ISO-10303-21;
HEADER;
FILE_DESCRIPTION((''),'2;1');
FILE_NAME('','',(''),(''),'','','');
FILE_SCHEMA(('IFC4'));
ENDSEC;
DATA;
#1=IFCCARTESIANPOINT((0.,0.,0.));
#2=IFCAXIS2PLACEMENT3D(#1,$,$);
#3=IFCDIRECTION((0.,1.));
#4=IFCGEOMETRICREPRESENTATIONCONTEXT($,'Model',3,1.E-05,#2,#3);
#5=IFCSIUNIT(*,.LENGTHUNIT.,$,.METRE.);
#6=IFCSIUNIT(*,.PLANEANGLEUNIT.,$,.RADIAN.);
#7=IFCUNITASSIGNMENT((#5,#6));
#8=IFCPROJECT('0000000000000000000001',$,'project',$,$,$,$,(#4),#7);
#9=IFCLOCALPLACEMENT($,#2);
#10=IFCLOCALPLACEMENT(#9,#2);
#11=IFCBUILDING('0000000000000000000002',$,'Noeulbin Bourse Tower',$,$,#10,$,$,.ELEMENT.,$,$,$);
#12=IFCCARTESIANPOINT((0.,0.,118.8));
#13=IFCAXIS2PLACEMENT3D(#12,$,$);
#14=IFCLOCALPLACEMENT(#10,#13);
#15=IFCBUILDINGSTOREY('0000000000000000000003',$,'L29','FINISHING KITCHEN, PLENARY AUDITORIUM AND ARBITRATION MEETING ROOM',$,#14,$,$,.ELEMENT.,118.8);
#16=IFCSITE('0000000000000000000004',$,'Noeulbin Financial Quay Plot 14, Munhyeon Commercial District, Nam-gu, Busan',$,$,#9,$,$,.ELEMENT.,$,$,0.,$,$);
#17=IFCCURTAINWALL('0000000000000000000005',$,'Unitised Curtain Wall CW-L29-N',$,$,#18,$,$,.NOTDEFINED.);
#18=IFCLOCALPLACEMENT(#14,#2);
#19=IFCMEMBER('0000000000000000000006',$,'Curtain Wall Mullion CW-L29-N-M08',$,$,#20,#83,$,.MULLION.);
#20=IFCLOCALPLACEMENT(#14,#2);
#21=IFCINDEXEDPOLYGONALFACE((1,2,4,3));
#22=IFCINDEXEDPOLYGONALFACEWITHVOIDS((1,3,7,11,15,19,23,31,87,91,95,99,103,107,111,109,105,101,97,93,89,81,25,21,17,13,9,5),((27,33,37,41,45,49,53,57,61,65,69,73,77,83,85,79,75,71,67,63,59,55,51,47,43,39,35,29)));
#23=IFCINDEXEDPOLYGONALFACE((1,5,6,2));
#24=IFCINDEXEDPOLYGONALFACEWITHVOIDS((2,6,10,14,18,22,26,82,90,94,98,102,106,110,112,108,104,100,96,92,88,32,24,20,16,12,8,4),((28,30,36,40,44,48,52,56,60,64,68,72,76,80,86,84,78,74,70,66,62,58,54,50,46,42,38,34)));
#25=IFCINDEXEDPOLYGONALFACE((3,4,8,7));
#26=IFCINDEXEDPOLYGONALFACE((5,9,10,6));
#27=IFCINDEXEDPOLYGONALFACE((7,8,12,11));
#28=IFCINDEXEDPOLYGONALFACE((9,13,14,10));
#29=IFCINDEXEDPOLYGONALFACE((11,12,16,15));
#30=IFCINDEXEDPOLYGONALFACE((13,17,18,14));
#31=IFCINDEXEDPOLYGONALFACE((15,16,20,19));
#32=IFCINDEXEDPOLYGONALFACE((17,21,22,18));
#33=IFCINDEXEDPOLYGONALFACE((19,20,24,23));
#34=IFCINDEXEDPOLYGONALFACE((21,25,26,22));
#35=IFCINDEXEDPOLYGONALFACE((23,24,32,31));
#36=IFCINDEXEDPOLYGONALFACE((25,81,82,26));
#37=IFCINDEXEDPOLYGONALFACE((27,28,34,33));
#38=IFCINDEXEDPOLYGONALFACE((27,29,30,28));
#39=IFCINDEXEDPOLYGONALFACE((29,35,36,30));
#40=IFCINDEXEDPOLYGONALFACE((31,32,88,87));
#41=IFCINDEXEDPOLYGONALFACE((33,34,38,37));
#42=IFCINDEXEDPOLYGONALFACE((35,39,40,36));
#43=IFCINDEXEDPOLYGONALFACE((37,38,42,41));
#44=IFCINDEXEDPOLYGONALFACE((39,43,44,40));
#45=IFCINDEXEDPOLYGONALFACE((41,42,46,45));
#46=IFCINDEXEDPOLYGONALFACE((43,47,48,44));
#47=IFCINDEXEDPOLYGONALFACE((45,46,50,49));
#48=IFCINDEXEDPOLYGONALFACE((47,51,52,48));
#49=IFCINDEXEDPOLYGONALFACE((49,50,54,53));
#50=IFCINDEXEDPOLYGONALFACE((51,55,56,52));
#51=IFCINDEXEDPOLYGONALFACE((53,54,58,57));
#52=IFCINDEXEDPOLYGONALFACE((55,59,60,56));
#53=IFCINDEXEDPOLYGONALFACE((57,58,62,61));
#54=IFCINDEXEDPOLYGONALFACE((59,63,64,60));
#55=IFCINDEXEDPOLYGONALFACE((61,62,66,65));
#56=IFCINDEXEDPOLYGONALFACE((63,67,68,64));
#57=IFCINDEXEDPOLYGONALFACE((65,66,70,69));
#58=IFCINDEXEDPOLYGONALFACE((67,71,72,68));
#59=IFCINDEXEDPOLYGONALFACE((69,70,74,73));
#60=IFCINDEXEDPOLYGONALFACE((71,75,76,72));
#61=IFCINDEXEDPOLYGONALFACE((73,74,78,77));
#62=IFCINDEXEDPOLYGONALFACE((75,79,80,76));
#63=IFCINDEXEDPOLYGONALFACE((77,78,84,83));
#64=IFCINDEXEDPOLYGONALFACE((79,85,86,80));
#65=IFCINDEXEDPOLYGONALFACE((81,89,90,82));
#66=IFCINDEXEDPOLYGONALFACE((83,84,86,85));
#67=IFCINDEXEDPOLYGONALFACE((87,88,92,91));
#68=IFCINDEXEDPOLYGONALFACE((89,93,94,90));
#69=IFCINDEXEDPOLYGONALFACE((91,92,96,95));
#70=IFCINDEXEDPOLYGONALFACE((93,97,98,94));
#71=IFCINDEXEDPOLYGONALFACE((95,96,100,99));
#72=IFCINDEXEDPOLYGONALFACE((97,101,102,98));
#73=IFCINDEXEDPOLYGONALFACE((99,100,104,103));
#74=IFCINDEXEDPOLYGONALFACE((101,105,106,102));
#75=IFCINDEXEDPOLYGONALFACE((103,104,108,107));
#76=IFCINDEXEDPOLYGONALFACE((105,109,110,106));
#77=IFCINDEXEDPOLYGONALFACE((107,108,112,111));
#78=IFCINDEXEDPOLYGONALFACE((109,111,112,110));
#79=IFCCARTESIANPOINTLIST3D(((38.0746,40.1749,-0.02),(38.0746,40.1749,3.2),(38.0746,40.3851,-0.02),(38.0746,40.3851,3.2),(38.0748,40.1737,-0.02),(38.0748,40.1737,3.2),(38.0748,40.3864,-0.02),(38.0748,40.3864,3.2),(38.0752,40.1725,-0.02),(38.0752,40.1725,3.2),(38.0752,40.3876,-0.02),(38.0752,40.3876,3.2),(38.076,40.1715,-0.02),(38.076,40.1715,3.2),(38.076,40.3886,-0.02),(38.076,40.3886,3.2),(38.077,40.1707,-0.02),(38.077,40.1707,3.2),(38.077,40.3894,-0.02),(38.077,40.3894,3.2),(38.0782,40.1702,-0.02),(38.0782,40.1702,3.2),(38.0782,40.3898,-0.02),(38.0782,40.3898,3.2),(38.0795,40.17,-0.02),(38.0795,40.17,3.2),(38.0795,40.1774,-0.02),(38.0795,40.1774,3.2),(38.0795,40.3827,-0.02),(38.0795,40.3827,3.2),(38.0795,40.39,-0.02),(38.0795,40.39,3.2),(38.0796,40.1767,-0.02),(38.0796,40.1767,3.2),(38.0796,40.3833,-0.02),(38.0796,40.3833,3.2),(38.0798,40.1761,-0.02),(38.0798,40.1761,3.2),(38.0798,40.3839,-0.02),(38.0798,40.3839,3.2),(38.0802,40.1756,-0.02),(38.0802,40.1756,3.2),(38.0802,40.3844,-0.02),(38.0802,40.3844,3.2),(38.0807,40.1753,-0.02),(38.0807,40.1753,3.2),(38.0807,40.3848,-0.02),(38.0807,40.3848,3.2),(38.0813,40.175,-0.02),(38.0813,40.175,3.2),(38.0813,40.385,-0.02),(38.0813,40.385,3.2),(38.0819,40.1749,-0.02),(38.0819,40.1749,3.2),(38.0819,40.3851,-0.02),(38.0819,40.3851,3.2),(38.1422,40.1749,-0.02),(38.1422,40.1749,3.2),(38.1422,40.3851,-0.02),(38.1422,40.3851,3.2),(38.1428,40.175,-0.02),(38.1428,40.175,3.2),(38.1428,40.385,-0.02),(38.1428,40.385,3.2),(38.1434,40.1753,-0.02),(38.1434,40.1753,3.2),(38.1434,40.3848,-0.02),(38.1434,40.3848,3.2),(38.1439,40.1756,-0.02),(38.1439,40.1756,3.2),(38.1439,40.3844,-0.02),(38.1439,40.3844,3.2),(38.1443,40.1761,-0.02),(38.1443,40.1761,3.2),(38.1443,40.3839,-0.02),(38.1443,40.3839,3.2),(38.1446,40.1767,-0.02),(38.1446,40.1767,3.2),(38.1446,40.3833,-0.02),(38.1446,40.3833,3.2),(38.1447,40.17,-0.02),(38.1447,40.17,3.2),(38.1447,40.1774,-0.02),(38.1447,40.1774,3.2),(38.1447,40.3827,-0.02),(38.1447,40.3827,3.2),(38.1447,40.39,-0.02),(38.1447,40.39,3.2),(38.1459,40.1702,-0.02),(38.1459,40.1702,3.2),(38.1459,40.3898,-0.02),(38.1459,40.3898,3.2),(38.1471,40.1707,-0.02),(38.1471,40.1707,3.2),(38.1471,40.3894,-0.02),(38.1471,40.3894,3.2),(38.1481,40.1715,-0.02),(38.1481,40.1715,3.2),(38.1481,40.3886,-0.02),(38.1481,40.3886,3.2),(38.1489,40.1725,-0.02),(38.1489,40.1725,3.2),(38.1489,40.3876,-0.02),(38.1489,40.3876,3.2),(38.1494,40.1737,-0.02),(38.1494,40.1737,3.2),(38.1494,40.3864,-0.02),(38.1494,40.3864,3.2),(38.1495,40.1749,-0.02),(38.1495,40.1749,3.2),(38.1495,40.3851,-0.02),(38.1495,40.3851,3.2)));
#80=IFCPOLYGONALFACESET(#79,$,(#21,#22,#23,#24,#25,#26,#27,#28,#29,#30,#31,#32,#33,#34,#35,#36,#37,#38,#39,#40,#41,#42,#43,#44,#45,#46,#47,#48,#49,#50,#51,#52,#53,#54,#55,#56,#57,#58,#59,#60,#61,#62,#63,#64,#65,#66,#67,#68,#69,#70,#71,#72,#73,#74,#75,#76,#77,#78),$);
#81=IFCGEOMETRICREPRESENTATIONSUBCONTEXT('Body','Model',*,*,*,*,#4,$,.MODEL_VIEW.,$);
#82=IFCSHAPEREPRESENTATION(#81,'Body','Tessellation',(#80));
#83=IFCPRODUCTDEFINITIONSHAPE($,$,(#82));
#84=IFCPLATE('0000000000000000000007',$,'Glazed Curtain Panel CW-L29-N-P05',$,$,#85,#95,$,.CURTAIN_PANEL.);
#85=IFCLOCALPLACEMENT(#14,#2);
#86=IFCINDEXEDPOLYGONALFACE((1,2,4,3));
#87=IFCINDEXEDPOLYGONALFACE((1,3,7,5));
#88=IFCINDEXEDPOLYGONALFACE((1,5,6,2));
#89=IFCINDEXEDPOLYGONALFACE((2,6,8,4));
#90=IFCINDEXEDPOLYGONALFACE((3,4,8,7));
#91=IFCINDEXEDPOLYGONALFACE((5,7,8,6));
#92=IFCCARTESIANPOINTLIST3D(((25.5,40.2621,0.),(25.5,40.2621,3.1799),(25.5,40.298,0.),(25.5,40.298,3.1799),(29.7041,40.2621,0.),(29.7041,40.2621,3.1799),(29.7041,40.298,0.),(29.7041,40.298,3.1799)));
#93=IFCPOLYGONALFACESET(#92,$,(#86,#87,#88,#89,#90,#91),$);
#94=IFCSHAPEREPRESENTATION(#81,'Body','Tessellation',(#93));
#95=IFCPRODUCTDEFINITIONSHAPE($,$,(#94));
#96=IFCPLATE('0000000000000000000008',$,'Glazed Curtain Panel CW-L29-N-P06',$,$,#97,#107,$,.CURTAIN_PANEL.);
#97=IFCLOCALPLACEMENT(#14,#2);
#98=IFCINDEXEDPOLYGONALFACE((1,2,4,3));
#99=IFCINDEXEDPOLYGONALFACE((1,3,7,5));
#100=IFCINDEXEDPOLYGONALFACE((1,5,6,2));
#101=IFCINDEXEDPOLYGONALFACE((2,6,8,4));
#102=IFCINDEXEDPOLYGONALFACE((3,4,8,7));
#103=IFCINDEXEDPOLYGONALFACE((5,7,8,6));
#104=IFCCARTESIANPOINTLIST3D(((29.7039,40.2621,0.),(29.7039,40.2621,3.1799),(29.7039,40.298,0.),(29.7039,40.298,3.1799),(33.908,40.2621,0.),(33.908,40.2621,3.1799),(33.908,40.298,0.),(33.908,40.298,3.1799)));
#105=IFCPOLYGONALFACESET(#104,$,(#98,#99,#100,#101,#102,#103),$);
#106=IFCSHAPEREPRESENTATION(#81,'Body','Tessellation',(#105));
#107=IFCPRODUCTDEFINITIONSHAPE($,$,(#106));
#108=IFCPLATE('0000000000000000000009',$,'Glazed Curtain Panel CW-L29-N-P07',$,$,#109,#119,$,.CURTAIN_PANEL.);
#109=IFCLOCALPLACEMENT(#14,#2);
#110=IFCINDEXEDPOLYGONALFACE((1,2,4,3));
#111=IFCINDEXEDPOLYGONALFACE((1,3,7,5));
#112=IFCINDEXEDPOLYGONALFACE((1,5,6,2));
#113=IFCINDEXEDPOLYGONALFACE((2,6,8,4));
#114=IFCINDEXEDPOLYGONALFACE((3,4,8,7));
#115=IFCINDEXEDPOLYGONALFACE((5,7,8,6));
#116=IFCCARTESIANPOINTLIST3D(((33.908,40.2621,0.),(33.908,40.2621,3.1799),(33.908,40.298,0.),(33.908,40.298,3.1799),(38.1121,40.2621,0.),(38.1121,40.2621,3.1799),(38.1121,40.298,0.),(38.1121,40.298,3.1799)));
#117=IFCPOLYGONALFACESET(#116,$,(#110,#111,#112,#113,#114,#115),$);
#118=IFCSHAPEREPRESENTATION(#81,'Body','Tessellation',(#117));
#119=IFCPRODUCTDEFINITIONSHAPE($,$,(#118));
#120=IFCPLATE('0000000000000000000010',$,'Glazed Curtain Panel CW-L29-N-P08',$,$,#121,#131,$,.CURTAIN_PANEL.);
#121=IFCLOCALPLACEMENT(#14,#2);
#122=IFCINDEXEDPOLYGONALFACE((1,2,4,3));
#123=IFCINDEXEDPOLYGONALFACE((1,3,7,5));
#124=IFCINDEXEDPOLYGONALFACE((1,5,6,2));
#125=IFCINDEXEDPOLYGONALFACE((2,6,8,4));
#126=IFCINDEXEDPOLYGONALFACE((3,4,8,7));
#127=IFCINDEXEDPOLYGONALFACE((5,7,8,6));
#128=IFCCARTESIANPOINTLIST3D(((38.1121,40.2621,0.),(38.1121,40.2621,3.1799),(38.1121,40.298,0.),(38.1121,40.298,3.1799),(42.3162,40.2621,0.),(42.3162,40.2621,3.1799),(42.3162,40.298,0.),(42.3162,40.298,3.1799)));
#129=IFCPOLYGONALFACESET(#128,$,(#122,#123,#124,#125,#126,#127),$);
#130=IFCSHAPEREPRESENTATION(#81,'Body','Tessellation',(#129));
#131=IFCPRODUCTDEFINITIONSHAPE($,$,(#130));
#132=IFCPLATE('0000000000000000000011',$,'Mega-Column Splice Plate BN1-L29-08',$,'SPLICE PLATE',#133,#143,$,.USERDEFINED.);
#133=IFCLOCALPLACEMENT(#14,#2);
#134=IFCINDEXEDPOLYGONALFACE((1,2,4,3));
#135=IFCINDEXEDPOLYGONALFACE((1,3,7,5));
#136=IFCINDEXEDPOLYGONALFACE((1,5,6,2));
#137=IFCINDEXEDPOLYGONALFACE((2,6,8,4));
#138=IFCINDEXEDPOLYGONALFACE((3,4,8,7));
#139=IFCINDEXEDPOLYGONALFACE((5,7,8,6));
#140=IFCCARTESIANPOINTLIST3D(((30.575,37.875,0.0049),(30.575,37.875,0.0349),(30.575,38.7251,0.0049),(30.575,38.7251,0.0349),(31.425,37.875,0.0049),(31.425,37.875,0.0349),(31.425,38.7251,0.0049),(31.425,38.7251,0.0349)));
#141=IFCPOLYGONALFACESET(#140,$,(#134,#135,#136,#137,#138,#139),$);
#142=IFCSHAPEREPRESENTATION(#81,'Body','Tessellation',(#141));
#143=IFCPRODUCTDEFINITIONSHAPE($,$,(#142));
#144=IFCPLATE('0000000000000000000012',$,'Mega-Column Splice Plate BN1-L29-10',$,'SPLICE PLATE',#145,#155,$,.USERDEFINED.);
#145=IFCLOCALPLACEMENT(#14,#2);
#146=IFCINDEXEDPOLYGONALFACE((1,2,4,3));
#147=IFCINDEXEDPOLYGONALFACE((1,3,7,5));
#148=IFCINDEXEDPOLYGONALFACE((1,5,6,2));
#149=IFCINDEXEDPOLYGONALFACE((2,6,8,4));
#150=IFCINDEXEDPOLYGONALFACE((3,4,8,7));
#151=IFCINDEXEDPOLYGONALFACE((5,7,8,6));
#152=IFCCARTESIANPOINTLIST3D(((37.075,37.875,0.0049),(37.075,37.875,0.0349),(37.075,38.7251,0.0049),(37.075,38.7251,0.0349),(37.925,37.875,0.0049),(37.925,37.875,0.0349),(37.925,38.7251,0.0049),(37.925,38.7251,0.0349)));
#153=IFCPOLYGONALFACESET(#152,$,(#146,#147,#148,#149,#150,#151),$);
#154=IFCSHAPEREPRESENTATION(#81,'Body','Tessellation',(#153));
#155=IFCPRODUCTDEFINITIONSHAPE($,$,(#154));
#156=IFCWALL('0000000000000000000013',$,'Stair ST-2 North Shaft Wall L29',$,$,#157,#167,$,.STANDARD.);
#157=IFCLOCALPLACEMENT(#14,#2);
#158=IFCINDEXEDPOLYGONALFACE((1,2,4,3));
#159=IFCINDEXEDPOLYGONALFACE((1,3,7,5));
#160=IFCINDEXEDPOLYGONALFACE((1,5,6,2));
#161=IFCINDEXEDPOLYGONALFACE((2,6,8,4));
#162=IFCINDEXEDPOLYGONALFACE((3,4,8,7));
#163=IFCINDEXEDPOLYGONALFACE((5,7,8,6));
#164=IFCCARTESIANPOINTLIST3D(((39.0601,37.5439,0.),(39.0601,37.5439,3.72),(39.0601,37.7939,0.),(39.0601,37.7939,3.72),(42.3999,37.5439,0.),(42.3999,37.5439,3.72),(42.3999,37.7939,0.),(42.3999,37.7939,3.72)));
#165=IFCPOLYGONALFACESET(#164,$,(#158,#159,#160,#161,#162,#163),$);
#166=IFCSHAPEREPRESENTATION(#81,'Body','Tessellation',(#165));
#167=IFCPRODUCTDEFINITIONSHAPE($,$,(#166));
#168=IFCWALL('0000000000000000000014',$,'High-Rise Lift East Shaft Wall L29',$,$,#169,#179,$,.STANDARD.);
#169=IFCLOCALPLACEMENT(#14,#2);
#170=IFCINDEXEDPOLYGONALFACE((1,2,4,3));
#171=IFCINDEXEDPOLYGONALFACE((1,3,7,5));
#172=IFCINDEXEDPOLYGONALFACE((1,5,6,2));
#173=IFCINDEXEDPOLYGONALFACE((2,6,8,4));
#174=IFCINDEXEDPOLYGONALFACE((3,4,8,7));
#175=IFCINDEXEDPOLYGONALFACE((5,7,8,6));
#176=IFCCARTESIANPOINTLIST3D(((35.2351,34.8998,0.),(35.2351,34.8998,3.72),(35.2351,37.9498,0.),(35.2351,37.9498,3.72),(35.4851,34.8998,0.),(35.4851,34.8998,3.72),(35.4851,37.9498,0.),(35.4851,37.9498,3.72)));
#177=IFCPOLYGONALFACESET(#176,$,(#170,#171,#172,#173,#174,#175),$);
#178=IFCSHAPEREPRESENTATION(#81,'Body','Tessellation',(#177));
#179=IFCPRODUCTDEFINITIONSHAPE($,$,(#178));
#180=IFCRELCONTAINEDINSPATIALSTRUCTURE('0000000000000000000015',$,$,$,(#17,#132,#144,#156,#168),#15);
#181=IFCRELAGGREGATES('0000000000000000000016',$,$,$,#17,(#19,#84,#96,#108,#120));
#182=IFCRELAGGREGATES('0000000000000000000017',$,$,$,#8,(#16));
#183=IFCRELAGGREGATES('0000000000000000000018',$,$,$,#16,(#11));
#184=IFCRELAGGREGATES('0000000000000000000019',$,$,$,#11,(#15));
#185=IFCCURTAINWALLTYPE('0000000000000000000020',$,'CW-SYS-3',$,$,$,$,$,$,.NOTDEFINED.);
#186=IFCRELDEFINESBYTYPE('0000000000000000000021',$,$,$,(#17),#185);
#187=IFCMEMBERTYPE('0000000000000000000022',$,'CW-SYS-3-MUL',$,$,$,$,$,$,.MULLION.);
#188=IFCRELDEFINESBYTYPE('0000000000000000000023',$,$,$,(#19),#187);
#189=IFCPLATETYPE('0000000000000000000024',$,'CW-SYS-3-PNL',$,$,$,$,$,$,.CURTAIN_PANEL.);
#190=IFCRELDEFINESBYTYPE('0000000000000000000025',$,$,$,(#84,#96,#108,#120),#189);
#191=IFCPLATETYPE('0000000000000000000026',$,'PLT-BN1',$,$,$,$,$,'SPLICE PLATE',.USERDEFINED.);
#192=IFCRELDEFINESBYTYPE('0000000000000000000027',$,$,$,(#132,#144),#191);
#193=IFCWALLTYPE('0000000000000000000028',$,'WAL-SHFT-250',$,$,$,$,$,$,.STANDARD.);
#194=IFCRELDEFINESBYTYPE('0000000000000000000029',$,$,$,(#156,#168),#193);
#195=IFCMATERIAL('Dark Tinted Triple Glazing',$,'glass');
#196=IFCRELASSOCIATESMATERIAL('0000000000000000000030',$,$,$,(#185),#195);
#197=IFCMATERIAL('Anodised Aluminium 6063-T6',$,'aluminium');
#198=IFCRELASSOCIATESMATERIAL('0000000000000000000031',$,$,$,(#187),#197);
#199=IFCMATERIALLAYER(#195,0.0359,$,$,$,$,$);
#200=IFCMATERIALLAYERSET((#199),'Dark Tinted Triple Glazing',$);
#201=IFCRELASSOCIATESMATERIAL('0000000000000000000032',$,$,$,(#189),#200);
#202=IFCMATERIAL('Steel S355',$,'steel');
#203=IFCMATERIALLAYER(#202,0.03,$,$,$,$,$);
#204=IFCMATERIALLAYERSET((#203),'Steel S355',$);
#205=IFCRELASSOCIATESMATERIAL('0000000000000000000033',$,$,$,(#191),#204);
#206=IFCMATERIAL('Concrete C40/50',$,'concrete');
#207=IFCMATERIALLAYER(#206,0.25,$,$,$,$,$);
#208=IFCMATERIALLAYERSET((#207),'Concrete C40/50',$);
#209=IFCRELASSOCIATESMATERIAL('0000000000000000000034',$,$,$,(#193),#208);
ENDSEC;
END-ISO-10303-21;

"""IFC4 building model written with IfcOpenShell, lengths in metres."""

from ifc_helpers import new_model, si_unit, direction, frame, frame_2d, origin, origin_2d, place, context, subcontext, project, spatial, rectangle, hollow_rectangle, extrude, material, layer, layer_set, material_profile, profile_set, type_object, element, aggregate, save


model = new_model("IFC4")

# Units and contexts
model_context = context("Model", 3, precision=1e-05, world=origin(), true_north=direction((0.0, 1.0)))
body_context = subcontext(model_context, "Body", "Model", "MODEL_VIEW")
ifc_project = project(units=[si_unit("LENGTHUNIT", "METRE"), si_unit("PLANEANGLEUNIT", "RADIAN")], contexts=[model_context])

# Site, building, storey
site_placement = place(None, origin())
site = spatial("IfcSite", under=ifc_project, at=site_placement, Name="Noeulbin Financial Quay Plot 14, Munhyeon Commercial District, Nam-gu, Busan", CompositionType="ELEMENT", RefElevation=0.0)
building_placement = place(site_placement, origin())
building = spatial("IfcBuilding", under=site, at=building_placement, Name="Noeulbin Bourse Tower", CompositionType="ELEMENT")
storey_placement = place(building_placement, frame((0.0, 0.0, 118.8)))
storey = spatial("IfcBuildingStorey", under=building, at=storey_placement, Name="L29", Description="FINISHING KITCHEN, PLENARY AUDITORIUM AND ARBITRATION MEETING ROOM", CompositionType="ELEMENT", Elevation=118.8)

# Shared definitions
ifc_material_1 = material(Name="Steel S355", Category="steel")

# Curtain wall, member, plates
ifc_material_2 = material(Name="Dark Tinted Triple Glazing", Category="glass")
curtain_wall_type = type_object("IfcCurtainWallType", Name="CW-SYS-3", PredefinedType="NOTDEFINED", material=ifc_material_2)
curtain_wall_placement = place(storey_placement, origin())
curtain_wall = element("IfcCurtainWall", 1, at=curtain_wall_placement, inside=storey, type_object=curtain_wall_type, Name="Unitised Curtain Wall CW-L29-N", PredefinedType="NOTDEFINED")
ifc_material_3 = material(Name="Anodised Aluminium 6063-T6", Category="aluminium")
ifc_material_profile_1 = material_profile(ifc_material_3, hollow_rectangle(XDim=0.075, YDim=0.22, WallThickness=0.0049, InnerFilletRadius=0.0024, OuterFilletRadius=0.0049, at=origin_2d()), Name="ALU-MULL-75x220x5", Category="LoadBearing")
ifc_profile_set_1 = profile_set([ifc_material_profile_1], Name="Anodised Aluminium 6063-T6")
member_type = type_object("IfcMemberType", Name="CW-SYS-3-MUL", PredefinedType="MULLION", material=ifc_profile_set_1)
member_1_placement = place(storey_placement, frame((38.1121, 40.28, -0.02), z_axis=(0.0, 0.0, 1.0), x_axis=(1.0, 0.0, 0.0)))
member_1 = element("IfcMember", 2, at=member_1_placement, type_object=member_type, Name="Curtain Wall Mullion CW-L29-N-M08", PredefinedType="MULLION", context=body_context, shape_type="SweptSolid", body=[
    extrude(hollow_rectangle(XDim=0.075, YDim=0.22, WallThickness=0.0049, InnerFilletRadius=0.0024, OuterFilletRadius=0.0049, at=origin_2d()), origin(), (0.0, 0.0, 1.0), 3.22),
])
ifc_layer_1 = layer(ifc_material_2, 0.0359)
ifc_layer_set_1 = layer_set([ifc_layer_1], Name="Dark Tinted Triple Glazing")
plate_type_1 = type_object("IfcPlateType", Name="CW-SYS-3-PNL", PredefinedType="CURTAIN_PANEL", material=ifc_layer_set_1)
plate_1_placement = place(storey_placement, frame((27.6021, 40.28, 0.0), z_axis=(0.0, 0.0, 1.0), x_axis=(1.0, 0.0, 0.0)))
plate_1 = element("IfcPlate", 3, at=plate_1_placement, type_object=plate_type_1, Name="Glazed Curtain Panel CW-L29-N-P05", PredefinedType="CURTAIN_PANEL", context=body_context, shape_type="SweptSolid", body=[
    extrude(rectangle(XDim=4.2041, YDim=0.0359, at=origin_2d()), origin(), (0.0, 0.0, 1.0), 3.1799),
])
plate_2_placement = place(storey_placement, frame((31.8059, 40.28, 0.0), z_axis=(0.0, 0.0, 1.0), x_axis=(1.0, 0.0, 0.0)))
plate_2 = element("IfcPlate", 4, at=plate_2_placement, type_object=plate_type_1, Name="Glazed Curtain Panel CW-L29-N-P06", PredefinedType="CURTAIN_PANEL", context=body_context, shape_type="SweptSolid", body=[
    extrude(rectangle(XDim=4.2041, YDim=0.0359, at=origin_2d()), origin(), (0.0, 0.0, 1.0), 3.1799),
])
plate_3_placement = place(storey_placement, frame((36.01, 40.28, 0.0), z_axis=(0.0, 0.0, 1.0), x_axis=(1.0, 0.0, 0.0)))
plate_3 = element("IfcPlate", 5, at=plate_3_placement, type_object=plate_type_1, Name="Glazed Curtain Panel CW-L29-N-P07", PredefinedType="CURTAIN_PANEL", context=body_context, shape_type="SweptSolid", body=[
    extrude(rectangle(XDim=4.2041, YDim=0.0359, at=origin_2d()), origin(), (0.0, 0.0, 1.0), 3.1799),
])
plate_4_placement = place(storey_placement, frame((40.2141, 40.28, 0.0), z_axis=(0.0, 0.0, 1.0), x_axis=(1.0, 0.0, 0.0)))
plate_4 = element("IfcPlate", 6, at=plate_4_placement, type_object=plate_type_1, Name="Glazed Curtain Panel CW-L29-N-P08", PredefinedType="CURTAIN_PANEL", context=body_context, shape_type="SweptSolid", body=[
    extrude(rectangle(XDim=4.2041, YDim=0.0359, at=origin_2d()), origin(), (0.0, 0.0, 1.0), 3.1799),
])
aggregate(curtain_wall, [member_1, plate_1, plate_2, plate_3, plate_4])

# Plates
ifc_layer_2 = layer(ifc_material_1, 0.03)
ifc_layer_set_2 = layer_set([ifc_layer_2], Name="Steel S355")
plate_type_2 = type_object("IfcPlateType", Name="PLT-BN1", ElementType="SPLICE PLATE", PredefinedType="USERDEFINED", material=ifc_layer_set_2)
for number, where, z_axis, x_axis, name in (
    (7, (31.0, 38.3, 0.0049), (0.0, 0.0, 1.0), (1.0, 0.0, 0.0), "Mega-Column Splice Plate BN1-L29-08"),
    (8, (37.5, 38.3, 0.0049), (0.0, 0.0, 1.0), (1.0, 0.0, 0.0), "Mega-Column Splice Plate BN1-L29-10"),
):
    element("IfcPlate", number, at=place(storey_placement, frame(where, z_axis=z_axis, x_axis=x_axis)), inside=storey, type_object=plate_type_2, Name=name, ObjectType="SPLICE PLATE", PredefinedType="USERDEFINED", context=body_context, shape_type="SweptSolid", body=[
        extrude(rectangle(XDim=0.8501, YDim=0.8501, at=origin_2d()), origin(), (0.0, 0.0, 1.0), 0.03),
    ])

# Walls
ifc_material_4 = material(Name="Concrete C40/50", Category="concrete")
ifc_layer_3 = layer(ifc_material_4, 0.25)
ifc_layer_set_3 = layer_set([ifc_layer_3], Name="Concrete C40/50")
wall_type = type_object("IfcWallType", Name="WAL-SHFT-250", PredefinedType="STANDARD", material=ifc_layer_set_3)
wall_1_placement = place(storey_placement, frame((39.0601, 37.6689, 0.0), z_axis=(0.0, 0.0, 1.0), x_axis=(1.0, 0.0, 0.0)))
element("IfcWall", 9, at=wall_1_placement, inside=storey, type_object=wall_type, Name="Stair ST-2 North Shaft Wall L29", PredefinedType="STANDARD", context=body_context, shape_type="SweptSolid", body=[
    extrude(rectangle(XDim=3.3398, YDim=0.25, at=frame_2d((1.6699, 0.0))), origin(), (0.0, 0.0, 1.0), 3.72),
])
wall_2_placement = place(storey_placement, frame((35.3601, 34.8999, 0.0), z_axis=(0.0, 0.0, 1.0), x_axis=(0.0, 1.0, 0.0)))
element("IfcWall", 10, at=wall_2_placement, inside=storey, type_object=wall_type, Name="High-Rise Lift East Shaft Wall L29", PredefinedType="STANDARD", context=body_context, shape_type="SweptSolid", body=[
    extrude(rectangle(XDim=3.05, YDim=0.25, at=frame_2d((1.5249, 0.0))), origin(), (0.0, 0.0, 1.0), 3.72),
])

save(model, "model.ifc")
